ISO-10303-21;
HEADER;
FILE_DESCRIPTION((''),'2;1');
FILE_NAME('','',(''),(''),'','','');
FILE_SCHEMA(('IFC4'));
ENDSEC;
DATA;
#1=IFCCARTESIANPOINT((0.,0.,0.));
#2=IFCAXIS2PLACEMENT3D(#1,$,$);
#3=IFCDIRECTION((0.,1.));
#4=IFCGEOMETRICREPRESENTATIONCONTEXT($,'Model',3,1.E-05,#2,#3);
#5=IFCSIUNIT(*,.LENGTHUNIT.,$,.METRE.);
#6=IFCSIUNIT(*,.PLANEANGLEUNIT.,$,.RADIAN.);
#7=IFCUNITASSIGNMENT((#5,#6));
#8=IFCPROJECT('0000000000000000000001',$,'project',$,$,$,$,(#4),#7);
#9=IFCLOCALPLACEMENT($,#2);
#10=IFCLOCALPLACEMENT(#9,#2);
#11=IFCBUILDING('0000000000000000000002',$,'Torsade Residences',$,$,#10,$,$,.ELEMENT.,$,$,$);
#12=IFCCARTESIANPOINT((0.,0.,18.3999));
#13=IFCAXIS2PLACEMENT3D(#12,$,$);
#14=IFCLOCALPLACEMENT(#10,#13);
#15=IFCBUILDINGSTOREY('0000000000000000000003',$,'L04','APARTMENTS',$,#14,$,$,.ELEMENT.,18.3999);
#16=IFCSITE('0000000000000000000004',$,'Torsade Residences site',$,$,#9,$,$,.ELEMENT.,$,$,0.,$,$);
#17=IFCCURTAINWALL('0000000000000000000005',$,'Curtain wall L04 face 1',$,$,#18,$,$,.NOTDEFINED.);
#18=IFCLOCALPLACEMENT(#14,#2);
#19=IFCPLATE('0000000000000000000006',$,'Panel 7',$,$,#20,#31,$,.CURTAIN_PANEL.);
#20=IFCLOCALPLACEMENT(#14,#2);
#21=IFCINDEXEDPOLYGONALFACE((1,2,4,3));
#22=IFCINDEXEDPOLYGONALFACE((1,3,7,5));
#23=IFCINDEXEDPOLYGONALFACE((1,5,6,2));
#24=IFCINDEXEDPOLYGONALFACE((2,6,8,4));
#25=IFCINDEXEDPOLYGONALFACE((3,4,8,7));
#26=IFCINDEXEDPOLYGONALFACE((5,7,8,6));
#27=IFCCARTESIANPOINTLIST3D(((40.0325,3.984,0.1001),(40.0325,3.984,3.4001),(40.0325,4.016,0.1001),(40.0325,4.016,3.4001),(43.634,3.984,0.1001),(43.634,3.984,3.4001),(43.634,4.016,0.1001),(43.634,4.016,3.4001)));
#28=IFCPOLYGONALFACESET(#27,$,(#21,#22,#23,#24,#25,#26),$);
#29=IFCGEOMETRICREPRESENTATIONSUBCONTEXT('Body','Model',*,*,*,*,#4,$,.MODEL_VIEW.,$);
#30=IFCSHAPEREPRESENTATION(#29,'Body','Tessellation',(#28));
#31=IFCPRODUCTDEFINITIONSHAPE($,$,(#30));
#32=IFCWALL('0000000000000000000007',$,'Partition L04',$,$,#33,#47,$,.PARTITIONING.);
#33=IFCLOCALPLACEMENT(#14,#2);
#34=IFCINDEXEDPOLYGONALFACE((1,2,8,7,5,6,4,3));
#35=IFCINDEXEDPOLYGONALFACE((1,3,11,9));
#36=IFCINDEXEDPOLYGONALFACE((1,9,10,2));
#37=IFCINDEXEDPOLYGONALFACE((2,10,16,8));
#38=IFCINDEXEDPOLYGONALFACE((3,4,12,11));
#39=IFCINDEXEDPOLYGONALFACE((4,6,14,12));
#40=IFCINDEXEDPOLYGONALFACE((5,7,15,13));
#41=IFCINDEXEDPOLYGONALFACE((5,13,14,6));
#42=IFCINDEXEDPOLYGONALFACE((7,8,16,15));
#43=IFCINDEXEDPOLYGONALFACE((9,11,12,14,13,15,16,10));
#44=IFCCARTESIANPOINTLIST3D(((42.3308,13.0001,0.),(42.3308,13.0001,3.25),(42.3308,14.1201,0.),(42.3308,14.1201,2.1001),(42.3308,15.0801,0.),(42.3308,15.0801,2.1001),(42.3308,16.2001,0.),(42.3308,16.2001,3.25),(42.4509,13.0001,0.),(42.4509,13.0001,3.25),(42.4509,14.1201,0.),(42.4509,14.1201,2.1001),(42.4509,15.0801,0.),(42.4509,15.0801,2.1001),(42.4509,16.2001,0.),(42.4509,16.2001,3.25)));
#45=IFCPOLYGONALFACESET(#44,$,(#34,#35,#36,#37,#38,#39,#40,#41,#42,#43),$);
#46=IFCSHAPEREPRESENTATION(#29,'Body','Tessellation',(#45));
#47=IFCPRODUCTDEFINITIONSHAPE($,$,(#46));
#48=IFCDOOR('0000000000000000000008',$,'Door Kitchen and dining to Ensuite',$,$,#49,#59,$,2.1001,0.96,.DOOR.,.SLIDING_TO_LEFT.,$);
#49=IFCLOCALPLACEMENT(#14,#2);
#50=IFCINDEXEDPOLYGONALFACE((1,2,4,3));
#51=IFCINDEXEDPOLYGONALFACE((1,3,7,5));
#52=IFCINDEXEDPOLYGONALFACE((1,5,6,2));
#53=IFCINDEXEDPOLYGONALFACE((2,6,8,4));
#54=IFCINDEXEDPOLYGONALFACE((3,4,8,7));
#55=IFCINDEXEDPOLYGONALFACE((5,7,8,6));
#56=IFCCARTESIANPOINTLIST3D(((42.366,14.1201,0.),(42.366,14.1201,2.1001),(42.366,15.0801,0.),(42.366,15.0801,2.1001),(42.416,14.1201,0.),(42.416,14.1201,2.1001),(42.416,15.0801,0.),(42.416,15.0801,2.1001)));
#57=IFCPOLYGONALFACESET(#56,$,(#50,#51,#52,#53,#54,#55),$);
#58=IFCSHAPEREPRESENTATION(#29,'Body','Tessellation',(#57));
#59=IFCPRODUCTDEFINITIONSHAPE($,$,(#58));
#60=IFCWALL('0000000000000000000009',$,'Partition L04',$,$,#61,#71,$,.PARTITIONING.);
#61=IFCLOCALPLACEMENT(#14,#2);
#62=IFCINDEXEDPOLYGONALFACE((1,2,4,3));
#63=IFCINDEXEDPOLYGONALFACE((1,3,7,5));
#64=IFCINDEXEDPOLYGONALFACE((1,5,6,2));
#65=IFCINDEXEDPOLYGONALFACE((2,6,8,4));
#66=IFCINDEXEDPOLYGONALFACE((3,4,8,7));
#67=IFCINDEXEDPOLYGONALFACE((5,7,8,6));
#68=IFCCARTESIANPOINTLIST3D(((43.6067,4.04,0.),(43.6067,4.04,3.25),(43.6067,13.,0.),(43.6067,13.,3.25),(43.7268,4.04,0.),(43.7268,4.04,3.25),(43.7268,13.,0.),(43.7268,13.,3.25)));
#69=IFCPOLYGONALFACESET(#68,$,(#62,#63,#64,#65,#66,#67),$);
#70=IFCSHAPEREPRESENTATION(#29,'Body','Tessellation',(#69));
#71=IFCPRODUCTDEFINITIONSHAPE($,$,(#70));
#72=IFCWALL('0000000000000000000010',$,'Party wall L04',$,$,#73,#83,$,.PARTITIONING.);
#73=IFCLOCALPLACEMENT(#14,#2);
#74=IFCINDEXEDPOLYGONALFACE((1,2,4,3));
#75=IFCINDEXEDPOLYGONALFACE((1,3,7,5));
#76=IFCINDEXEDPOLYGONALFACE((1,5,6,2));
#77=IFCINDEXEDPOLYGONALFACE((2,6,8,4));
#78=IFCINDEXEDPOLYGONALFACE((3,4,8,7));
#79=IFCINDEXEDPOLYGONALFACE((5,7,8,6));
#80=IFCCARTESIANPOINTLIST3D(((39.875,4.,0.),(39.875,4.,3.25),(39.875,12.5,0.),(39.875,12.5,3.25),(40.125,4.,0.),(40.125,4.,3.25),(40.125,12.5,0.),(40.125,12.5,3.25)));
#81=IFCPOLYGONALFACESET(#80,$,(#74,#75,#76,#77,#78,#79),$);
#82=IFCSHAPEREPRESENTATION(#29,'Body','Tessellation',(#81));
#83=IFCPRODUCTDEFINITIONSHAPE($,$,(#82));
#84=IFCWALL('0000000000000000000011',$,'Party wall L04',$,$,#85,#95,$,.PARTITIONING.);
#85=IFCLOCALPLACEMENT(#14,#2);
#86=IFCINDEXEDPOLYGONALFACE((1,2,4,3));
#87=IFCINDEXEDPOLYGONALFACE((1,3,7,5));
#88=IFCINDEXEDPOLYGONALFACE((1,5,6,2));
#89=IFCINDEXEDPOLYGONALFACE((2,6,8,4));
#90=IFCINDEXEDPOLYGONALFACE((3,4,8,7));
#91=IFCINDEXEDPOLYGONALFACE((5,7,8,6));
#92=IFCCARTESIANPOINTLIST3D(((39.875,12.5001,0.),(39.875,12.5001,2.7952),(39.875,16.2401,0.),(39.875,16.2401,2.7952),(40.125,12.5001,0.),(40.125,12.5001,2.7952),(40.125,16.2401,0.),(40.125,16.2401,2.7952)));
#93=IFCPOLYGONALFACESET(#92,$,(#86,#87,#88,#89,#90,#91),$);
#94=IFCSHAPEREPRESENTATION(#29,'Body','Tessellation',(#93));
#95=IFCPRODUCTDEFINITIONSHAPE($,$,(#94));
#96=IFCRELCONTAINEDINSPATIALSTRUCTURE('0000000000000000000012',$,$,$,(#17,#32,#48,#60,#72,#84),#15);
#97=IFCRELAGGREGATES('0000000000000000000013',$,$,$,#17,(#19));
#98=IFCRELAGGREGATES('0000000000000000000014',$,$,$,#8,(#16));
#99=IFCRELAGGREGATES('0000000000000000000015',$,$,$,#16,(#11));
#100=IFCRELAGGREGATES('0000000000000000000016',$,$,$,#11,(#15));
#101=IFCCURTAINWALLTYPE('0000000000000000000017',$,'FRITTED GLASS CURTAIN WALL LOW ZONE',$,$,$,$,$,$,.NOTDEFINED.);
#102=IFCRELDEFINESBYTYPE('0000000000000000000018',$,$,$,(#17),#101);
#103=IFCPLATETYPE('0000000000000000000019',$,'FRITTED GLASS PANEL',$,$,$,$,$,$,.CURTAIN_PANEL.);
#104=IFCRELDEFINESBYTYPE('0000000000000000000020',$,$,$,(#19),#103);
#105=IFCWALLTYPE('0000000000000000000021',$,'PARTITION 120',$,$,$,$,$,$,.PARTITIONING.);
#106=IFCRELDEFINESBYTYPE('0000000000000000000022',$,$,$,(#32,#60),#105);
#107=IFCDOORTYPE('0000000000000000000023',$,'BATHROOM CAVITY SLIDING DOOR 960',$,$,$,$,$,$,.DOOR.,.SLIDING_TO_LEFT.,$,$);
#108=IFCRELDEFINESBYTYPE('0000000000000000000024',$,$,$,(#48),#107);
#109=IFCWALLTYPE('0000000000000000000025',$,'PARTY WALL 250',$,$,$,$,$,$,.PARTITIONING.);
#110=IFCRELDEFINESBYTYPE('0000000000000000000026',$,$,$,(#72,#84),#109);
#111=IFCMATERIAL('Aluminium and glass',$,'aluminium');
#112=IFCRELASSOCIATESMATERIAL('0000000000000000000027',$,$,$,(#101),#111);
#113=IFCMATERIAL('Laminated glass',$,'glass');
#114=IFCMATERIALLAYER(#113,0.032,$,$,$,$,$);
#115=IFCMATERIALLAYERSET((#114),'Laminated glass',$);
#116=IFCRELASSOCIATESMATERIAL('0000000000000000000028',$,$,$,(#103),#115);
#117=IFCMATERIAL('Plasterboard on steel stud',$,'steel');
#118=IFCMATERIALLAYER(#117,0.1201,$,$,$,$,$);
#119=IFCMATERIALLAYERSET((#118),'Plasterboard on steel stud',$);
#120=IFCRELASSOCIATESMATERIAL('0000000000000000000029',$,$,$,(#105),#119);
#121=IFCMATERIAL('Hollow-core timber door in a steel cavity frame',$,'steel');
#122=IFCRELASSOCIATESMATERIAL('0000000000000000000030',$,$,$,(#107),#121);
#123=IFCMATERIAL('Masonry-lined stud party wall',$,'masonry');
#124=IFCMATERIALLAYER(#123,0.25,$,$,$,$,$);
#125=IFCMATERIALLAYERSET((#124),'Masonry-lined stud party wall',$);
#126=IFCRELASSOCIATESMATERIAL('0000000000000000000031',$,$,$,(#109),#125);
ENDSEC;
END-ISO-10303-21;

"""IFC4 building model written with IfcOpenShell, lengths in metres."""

from ifc_helpers import new_model, si_unit, direction, frame, frame_2d, origin, origin_2d, place, context, subcontext, project, spatial, rectangle, extrude, material, layer, layer_set, type_object, element, fill, aggregate, save


model = new_model("IFC4")

# Units and contexts
model_context = context("Model", 3, precision=1e-05, world=origin(), true_north=direction((0.0, 1.0)))
body_context = subcontext(model_context, "Body", "Model", "MODEL_VIEW")
ifc_project = project(units=[si_unit("LENGTHUNIT", "METRE"), si_unit("PLANEANGLEUNIT", "RADIAN")], contexts=[model_context])

# Site, building, storey
site_placement = place(None, origin())
site = spatial("IfcSite", under=ifc_project, at=site_placement, Name="Torsade Residences site", CompositionType="ELEMENT", RefElevation=0.0)
building_placement = place(site_placement, origin())
building = spatial("IfcBuilding", under=site, at=building_placement, Name="Torsade Residences", CompositionType="ELEMENT")
storey_placement = place(building_placement, frame((0.0, 0.0, 18.3999)))
storey = spatial("IfcBuildingStorey", under=building, at=storey_placement, Name="L04", Description="APARTMENTS", CompositionType="ELEMENT", Elevation=18.3999)

# Curtain wall
ifc_material_1 = material(Name="Aluminium and glass", Category="aluminium")
curtain_wall_type = type_object("IfcCurtainWallType", Name="FRITTED GLASS CURTAIN WALL LOW ZONE", PredefinedType="NOTDEFINED", material=ifc_material_1)
curtain_wall_placement = place(storey_placement, origin())
curtain_wall = element("IfcCurtainWall", 1, at=curtain_wall_placement, inside=storey, type_object=curtain_wall_type, Name="Curtain wall L04 face 1", PredefinedType="NOTDEFINED")

# Plate
ifc_material_2 = material(Name="Laminated glass", Category="glass")
ifc_layer_1 = layer(ifc_material_2, 0.032)
ifc_layer_set_1 = layer_set([ifc_layer_1], Name="Laminated glass")
plate_type = type_object("IfcPlateType", Name="FRITTED GLASS PANEL", PredefinedType="CURTAIN_PANEL", material=ifc_layer_set_1)
plate_placement = place(storey_placement, frame((41.8333, 4.0, 0.1001), z_axis=(0.0, 0.0, 1.0), x_axis=(1.0, 0.0, 0.0)))
plate = element("IfcPlate", 2, at=plate_placement, type_object=plate_type, Name="Panel 7", PredefinedType="CURTAIN_PANEL", context=body_context, shape_type="SweptSolid", body=[
    extrude(rectangle(XDim=3.6016, YDim=0.032, at=origin_2d()), origin(), (0.0, 0.0, 1.0), 3.3),
])
aggregate(curtain_wall, [plate])

# Wall, opening, door
ifc_material_3 = material(Name="Plasterboard on steel stud", Category="steel")
ifc_layer_2 = layer(ifc_material_3, 0.1201)
ifc_layer_set_2 = layer_set([ifc_layer_2], Name="Plasterboard on steel stud")
wall_type_1 = type_object("IfcWallType", Name="PARTITION 120", PredefinedType="PARTITIONING", material=ifc_layer_set_2)
wall_1_placement = place(storey_placement, frame((42.3909, 13.0, 0.0), z_axis=(0.0, 0.0, 1.0), x_axis=(0.0, 1.0, 0.0)))
wall_1 = element("IfcWall", 3, at=wall_1_placement, inside=storey, type_object=wall_type_1, Name="Partition L04", PredefinedType="PARTITIONING", context=body_context, shape_type="SweptSolid", body=[
    extrude(rectangle(XDim=3.2, YDim=0.1201, at=frame_2d((1.6001, 0.0))), origin(), (0.0, 0.0, 1.0), 3.25),
])
opening_placement = place(wall_1_placement, frame((1.1201, 0.0, 0.0)))
opening = element("IfcOpeningElement", 4, at=opening_placement, cuts=wall_1, PredefinedType="OPENING", context=body_context, shape_type="SweptSolid", body=[
    extrude(rectangle(XDim=0.96, YDim=2.1001, at=frame_2d((0.48, 1.05))), frame((0.0, 0.0701, 0.0), z_axis=(0.0, -1.0, 0.0), x_axis=(1.0, 0.0, 0.0)), (0.0, 0.0, 1.0), 0.1401),
])
ifc_material_4 = material(Name="Hollow-core timber door in a steel cavity frame", Category="steel")
door_type = type_object("IfcDoorType", Name="BATHROOM CAVITY SLIDING DOOR 960", OperationType="SLIDING_TO_LEFT", PredefinedType="DOOR", material=ifc_material_4)
door_placement = place(opening_placement, origin())
door = element("IfcDoor", 5, at=door_placement, inside=storey, type_object=door_type, Name="Door Kitchen and dining to Ensuite", OperationType="SLIDING_TO_LEFT", OverallHeight=2.1001, OverallWidth=0.96, PredefinedType="DOOR", context=body_context, shape_type="SweptSolid", body=[
    extrude(rectangle(XDim=0.96, YDim=2.1001, at=frame_2d((0.48, 1.05))), frame((0.0, 0.0249, 0.0), z_axis=(0.0, -1.0, 0.0), x_axis=(1.0, 0.0, 0.0)), (0.0, 0.0, 1.0), 0.05),
])
fill(opening, door)

# Walls
wall_2_placement = place(storey_placement, frame((43.6667, 13.0, 0.0), z_axis=(0.0, 0.0, 1.0), x_axis=(0.0, -1.0, 0.0)))
element("IfcWall", 6, at=wall_2_placement, inside=storey, type_object=wall_type_1, Name="Partition L04", PredefinedType="PARTITIONING", context=body_context, shape_type="SweptSolid", body=[
    extrude(rectangle(XDim=8.96, YDim=0.1201, at=frame_2d((4.48, 0.0))), origin(), (0.0, 0.0, 1.0), 3.25),
])
ifc_material_5 = material(Name="Masonry-lined stud party wall", Category="masonry")
ifc_layer_3 = layer(ifc_material_5, 0.25)
ifc_layer_set_3 = layer_set([ifc_layer_3], Name="Masonry-lined stud party wall")
wall_type_2 = type_object("IfcWallType", Name="PARTY WALL 250", PredefinedType="PARTITIONING", material=ifc_layer_set_3)
wall_3_placement = place(storey_placement, frame((40.0, 4.0, 0.0), z_axis=(0.0, 0.0, 1.0), x_axis=(0.0, 1.0, 0.0)))
element("IfcWall", 7, at=wall_3_placement, inside=storey, type_object=wall_type_2, Name="Party wall L04", PredefinedType="PARTITIONING", context=body_context, shape_type="SweptSolid", body=[
    extrude(rectangle(XDim=8.5, YDim=0.25, at=frame_2d((4.25, 0.0))), origin(), (0.0, 0.0, 1.0), 3.25),
])
wall_4_placement = place(storey_placement, frame((40.0, 12.5, 0.0), z_axis=(0.0, 0.0, 1.0), x_axis=(0.0, 1.0, 0.0)))
element("IfcWall", 8, at=wall_4_placement, inside=storey, type_object=wall_type_2, Name="Party wall L04", PredefinedType="PARTITIONING", context=body_context, shape_type="SweptSolid", body=[
    extrude(rectangle(XDim=3.74, YDim=0.25, at=frame_2d((1.8701, 0.0))), origin(), (0.0, 0.0, 1.0), 2.7952),
])

save(model, "model.ifc")
